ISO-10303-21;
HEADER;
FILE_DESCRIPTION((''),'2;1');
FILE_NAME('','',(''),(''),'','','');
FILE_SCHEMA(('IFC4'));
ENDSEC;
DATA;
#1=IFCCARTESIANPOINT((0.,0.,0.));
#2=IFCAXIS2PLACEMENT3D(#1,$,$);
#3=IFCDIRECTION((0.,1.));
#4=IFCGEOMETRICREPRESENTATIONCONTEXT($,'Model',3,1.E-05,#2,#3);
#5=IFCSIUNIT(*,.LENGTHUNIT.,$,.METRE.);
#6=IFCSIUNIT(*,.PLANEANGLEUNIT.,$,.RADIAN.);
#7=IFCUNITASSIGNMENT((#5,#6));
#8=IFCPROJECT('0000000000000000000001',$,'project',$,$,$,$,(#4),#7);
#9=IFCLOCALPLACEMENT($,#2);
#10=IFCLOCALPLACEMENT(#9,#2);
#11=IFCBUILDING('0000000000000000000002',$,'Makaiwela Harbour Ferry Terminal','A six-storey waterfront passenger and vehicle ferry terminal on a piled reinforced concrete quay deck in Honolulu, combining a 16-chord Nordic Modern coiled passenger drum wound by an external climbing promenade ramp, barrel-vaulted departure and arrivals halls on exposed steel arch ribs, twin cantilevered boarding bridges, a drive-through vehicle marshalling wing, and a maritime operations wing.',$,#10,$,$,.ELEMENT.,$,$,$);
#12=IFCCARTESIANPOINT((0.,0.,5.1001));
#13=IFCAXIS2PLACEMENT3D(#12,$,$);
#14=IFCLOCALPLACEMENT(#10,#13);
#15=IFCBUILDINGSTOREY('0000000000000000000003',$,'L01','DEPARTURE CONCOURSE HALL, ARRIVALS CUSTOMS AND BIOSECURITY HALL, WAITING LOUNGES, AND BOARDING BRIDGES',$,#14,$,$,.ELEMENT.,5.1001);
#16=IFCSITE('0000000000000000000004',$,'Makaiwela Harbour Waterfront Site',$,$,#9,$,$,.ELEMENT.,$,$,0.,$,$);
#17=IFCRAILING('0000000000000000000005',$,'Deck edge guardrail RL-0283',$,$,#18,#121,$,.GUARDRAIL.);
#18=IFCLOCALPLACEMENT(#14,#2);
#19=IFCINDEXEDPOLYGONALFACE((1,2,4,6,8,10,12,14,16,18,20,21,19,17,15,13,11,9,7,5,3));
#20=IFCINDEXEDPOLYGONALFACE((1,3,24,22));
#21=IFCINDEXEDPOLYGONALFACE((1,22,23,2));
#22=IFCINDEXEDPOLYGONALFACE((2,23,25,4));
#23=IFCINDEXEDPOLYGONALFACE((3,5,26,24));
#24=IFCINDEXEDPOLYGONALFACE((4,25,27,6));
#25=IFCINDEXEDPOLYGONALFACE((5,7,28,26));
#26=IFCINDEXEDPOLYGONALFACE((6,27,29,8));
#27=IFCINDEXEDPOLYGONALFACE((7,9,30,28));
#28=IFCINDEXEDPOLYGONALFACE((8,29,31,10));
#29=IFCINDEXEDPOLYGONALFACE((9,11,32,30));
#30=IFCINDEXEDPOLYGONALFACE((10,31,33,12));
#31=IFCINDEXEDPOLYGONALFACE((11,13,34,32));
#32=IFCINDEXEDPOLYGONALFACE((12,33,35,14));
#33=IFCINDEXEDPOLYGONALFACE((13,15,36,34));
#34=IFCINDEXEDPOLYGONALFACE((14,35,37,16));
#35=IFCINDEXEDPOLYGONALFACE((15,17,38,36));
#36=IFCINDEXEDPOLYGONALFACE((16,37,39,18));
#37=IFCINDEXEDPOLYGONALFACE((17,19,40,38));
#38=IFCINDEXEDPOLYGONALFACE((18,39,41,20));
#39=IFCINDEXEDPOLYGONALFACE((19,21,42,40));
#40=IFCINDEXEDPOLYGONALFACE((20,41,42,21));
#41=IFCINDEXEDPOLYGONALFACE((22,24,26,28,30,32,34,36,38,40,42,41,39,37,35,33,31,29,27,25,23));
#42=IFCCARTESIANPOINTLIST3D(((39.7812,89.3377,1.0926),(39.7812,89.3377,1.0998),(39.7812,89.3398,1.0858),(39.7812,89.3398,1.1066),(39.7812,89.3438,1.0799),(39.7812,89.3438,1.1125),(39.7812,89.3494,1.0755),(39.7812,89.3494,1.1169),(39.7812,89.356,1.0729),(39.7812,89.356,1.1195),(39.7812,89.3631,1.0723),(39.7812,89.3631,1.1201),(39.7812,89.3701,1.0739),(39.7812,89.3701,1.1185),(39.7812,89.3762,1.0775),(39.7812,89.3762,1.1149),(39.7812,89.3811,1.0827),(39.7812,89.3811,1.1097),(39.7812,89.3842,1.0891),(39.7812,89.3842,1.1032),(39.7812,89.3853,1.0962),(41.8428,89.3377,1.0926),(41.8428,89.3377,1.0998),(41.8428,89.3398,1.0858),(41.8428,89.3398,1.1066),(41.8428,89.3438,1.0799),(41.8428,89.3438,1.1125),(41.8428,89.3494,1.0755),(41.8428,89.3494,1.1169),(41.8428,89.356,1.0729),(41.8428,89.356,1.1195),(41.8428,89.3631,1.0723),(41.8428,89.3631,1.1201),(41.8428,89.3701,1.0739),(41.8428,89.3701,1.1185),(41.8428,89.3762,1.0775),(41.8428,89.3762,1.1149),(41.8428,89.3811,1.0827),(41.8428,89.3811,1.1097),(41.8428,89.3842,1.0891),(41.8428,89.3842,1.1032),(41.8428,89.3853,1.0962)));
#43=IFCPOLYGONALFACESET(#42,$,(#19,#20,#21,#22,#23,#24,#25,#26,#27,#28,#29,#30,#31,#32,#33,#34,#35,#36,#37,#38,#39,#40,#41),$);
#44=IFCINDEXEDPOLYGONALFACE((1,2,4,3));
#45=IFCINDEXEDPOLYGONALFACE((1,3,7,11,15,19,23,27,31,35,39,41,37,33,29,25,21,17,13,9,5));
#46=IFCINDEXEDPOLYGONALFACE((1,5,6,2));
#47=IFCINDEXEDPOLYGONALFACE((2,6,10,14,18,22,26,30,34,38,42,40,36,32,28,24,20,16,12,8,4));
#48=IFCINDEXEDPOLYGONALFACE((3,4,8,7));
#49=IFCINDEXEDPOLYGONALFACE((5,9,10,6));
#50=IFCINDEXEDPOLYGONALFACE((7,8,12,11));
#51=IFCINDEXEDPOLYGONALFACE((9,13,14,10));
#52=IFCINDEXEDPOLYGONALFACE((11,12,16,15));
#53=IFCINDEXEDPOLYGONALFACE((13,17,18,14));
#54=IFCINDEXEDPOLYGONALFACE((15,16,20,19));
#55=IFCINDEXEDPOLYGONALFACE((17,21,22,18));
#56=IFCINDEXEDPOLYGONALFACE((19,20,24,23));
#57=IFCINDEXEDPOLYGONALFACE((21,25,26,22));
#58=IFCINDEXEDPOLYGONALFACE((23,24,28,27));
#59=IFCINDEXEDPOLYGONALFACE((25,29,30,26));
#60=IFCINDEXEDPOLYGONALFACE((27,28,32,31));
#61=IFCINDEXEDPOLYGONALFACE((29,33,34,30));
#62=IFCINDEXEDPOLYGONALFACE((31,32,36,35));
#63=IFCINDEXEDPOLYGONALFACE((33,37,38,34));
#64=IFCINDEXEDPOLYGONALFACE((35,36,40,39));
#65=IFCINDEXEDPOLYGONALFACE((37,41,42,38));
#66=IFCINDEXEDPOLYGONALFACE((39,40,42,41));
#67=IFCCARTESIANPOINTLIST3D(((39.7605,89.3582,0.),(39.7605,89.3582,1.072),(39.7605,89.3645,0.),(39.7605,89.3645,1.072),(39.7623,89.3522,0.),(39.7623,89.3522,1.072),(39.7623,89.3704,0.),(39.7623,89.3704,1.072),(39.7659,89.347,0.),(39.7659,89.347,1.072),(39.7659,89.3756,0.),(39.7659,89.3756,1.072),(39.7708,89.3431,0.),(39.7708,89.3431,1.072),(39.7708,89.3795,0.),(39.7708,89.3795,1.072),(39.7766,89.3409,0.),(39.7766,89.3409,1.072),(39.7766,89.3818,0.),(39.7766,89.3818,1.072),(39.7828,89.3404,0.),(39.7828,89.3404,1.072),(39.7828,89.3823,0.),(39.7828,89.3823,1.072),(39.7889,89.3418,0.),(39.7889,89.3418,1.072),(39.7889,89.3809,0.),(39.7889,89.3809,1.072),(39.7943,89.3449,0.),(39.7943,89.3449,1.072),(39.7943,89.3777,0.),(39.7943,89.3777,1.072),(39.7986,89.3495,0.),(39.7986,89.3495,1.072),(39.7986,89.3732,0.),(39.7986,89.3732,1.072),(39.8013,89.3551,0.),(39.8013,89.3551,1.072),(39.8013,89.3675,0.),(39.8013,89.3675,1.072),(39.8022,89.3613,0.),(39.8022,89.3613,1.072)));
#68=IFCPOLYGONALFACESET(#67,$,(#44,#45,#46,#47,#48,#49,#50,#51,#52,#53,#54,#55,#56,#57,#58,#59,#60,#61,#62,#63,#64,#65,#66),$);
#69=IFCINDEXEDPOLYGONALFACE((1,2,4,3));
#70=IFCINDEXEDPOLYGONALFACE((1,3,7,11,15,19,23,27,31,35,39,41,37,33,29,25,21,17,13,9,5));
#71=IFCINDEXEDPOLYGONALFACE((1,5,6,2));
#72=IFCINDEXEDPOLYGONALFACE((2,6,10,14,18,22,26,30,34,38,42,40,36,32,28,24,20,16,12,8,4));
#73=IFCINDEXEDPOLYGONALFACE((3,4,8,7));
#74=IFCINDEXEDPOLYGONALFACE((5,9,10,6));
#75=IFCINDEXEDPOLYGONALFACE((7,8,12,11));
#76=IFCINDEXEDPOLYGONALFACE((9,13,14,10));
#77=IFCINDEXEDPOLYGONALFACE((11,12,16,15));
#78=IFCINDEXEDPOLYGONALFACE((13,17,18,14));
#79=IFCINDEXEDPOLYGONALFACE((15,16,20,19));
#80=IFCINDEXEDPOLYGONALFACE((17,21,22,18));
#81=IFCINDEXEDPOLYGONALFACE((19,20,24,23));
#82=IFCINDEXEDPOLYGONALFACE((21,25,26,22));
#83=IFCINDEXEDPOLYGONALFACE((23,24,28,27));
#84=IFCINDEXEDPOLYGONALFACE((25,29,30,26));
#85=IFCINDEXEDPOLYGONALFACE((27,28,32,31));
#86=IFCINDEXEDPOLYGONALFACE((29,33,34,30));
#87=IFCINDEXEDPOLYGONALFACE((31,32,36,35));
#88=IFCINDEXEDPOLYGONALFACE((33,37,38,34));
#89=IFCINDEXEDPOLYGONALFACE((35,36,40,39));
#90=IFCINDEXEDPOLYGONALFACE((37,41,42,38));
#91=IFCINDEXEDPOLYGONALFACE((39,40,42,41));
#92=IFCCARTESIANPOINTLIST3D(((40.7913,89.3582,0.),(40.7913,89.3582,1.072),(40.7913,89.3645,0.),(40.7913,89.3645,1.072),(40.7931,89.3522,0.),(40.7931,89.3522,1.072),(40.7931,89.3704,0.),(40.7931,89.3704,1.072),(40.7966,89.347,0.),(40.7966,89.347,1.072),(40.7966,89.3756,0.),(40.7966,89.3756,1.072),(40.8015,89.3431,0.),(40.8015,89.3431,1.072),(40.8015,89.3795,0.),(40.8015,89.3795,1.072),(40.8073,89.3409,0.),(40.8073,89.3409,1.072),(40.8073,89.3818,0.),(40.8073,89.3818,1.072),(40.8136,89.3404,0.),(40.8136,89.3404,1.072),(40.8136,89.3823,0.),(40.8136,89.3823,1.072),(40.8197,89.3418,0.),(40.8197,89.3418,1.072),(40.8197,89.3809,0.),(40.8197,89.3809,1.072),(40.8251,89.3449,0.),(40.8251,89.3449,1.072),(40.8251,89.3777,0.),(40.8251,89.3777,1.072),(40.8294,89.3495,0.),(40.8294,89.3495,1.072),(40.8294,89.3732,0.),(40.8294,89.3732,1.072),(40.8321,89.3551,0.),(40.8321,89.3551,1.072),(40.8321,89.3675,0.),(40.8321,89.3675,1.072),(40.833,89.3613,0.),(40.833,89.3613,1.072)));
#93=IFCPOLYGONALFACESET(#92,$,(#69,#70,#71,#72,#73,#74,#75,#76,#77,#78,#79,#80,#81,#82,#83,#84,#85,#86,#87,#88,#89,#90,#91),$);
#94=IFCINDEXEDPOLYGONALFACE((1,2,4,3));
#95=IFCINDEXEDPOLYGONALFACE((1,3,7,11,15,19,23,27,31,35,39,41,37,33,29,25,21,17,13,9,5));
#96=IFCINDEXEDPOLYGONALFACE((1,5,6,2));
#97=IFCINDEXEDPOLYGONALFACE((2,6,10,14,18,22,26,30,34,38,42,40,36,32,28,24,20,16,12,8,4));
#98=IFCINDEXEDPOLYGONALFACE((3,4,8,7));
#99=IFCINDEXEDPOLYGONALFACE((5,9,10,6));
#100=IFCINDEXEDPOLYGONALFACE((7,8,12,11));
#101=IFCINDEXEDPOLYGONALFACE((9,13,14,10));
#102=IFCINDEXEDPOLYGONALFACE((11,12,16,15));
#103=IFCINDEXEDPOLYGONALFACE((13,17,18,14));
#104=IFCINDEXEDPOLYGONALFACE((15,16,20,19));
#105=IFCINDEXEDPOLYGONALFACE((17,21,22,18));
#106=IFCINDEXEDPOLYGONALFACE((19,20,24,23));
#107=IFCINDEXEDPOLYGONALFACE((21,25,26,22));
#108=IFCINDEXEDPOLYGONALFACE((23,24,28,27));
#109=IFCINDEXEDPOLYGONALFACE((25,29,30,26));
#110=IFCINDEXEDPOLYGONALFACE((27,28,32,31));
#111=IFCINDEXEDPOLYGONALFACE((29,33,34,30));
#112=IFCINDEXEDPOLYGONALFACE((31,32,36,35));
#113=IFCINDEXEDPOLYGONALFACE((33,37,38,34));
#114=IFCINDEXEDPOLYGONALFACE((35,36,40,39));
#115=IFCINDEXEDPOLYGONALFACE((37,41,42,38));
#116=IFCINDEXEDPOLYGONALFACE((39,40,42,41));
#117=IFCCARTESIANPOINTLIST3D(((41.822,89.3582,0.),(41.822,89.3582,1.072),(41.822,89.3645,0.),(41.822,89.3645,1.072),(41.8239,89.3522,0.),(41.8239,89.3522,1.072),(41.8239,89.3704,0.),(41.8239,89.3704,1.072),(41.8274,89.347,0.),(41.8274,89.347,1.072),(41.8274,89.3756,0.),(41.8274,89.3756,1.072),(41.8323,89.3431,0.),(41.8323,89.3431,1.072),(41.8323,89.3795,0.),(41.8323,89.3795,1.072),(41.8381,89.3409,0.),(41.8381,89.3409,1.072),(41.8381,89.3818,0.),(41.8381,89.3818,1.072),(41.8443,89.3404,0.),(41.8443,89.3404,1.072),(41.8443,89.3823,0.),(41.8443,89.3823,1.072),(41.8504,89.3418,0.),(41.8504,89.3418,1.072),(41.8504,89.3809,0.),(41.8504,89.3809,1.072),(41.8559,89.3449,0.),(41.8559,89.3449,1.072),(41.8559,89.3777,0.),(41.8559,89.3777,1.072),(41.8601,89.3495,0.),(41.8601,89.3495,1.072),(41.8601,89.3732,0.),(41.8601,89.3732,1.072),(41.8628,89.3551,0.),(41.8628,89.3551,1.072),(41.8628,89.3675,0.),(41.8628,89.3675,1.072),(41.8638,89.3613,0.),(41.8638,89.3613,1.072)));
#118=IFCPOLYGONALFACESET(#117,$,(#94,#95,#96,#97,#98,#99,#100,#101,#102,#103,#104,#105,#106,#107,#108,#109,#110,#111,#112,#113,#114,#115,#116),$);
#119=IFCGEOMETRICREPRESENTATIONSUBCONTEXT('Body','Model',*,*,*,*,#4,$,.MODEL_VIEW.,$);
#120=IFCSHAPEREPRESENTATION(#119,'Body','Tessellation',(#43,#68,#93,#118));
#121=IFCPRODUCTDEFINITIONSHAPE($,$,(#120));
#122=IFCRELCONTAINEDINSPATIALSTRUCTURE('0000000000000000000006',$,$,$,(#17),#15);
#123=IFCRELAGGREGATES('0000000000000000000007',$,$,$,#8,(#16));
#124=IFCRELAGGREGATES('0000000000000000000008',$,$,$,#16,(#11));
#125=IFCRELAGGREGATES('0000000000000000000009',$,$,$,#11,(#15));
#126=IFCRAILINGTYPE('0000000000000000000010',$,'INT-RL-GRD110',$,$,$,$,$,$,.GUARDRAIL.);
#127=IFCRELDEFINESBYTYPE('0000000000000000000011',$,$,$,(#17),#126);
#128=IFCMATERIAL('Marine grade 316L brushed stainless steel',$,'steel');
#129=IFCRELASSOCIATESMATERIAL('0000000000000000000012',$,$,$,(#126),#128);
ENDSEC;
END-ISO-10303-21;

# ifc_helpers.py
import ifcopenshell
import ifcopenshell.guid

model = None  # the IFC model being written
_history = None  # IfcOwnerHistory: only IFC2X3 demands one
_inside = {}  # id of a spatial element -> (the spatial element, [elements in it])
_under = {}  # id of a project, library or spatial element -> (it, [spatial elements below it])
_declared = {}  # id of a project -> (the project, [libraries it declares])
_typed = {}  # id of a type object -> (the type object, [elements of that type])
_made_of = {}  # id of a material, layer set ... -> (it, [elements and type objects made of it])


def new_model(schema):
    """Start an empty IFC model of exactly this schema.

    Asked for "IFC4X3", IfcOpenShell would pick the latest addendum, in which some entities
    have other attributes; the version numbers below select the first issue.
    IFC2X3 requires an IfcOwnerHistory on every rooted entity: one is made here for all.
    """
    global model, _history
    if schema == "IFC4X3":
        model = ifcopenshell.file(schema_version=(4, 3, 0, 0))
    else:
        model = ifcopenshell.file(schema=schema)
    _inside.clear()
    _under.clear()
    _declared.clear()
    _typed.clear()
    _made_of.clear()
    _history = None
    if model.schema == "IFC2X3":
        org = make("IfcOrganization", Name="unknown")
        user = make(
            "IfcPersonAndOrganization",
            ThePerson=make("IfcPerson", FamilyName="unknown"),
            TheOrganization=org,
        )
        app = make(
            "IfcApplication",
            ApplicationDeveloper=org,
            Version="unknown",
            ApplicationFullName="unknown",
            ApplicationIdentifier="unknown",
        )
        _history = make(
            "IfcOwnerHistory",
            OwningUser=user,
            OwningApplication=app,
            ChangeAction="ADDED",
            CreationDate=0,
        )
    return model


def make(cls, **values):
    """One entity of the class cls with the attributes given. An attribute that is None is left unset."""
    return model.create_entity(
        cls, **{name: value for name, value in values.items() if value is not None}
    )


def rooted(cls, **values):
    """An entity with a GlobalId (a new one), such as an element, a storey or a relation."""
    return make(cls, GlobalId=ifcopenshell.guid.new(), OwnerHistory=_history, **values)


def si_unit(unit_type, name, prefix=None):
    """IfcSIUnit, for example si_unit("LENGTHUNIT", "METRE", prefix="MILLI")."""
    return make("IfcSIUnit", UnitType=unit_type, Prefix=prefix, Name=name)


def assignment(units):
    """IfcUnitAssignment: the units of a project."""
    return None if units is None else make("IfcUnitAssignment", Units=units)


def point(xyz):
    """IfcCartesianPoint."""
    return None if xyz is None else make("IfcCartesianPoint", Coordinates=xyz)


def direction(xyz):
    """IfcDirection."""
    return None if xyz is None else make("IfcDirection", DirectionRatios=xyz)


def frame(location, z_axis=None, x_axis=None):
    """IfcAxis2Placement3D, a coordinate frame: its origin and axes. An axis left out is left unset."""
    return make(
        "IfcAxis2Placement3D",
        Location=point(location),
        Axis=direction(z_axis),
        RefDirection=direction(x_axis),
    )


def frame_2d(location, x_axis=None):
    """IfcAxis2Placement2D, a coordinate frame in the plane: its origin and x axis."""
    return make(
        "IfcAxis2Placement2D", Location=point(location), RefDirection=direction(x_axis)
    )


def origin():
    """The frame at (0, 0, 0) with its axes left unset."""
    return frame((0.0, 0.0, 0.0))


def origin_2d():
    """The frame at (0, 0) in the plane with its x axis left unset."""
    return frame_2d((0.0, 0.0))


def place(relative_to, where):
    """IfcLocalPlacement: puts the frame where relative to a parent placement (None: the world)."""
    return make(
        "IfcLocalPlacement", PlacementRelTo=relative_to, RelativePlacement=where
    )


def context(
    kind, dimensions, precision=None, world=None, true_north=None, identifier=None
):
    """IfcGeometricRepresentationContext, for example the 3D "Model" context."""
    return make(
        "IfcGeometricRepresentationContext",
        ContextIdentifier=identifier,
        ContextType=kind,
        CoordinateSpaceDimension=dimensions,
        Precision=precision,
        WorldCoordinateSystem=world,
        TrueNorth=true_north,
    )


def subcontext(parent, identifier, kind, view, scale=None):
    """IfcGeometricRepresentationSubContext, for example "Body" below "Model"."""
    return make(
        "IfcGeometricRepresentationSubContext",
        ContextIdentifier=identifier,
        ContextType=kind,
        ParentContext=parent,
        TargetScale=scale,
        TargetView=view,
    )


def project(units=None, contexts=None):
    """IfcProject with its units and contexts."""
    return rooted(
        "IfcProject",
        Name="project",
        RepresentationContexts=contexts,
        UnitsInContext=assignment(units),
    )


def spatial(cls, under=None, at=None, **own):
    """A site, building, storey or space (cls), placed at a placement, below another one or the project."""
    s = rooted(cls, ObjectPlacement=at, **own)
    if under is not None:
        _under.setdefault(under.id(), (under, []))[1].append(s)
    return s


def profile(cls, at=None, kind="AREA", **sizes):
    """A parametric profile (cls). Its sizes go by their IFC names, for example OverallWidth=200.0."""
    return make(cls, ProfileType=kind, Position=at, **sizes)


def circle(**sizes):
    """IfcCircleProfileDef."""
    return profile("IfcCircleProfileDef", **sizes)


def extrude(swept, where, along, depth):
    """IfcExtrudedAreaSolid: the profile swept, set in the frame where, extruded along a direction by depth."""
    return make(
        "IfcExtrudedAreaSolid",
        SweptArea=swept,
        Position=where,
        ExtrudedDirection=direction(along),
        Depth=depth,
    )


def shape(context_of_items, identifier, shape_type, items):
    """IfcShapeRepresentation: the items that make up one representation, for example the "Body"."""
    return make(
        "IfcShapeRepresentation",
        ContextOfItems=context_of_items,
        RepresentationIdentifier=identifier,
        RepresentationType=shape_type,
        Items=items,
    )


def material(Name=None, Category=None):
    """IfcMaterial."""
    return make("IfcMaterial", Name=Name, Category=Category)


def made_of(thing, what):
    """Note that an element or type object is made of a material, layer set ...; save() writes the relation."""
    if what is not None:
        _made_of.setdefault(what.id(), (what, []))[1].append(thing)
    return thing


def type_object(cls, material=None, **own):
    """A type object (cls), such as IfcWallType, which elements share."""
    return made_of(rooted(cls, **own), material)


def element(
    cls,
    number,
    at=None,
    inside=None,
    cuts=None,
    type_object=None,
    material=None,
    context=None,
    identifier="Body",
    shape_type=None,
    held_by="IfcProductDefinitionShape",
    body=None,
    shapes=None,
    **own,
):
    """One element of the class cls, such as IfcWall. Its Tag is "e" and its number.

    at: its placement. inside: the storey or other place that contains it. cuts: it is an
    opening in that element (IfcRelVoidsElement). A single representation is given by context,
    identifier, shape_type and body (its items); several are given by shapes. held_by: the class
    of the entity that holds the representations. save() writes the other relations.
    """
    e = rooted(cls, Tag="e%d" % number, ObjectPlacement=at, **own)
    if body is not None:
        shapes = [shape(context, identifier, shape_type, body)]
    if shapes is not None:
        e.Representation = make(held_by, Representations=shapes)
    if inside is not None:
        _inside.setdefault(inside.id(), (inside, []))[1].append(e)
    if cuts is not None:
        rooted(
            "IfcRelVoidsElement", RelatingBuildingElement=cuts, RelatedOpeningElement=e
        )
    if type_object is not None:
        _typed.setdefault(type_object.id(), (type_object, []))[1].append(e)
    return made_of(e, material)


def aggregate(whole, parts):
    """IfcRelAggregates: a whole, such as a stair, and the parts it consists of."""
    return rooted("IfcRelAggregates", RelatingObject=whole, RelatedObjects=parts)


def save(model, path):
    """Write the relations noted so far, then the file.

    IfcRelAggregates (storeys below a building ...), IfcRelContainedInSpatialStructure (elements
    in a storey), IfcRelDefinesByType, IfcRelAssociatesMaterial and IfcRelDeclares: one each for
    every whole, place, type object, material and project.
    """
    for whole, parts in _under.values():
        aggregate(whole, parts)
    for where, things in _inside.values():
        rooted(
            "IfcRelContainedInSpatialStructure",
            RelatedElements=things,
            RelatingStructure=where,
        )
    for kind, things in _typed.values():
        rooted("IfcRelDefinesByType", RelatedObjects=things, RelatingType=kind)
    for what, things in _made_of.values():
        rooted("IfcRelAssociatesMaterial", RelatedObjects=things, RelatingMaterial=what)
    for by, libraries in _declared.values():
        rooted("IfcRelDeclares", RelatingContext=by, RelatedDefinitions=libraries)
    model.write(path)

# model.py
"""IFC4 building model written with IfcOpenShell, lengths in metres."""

from ifc_helpers import new_model, si_unit, direction, frame, origin, origin_2d, place, context, subcontext, project, spatial, circle, extrude, material, type_object, element, save


model = new_model("IFC4")

# Units and contexts
model_context = context("Model", 3, precision=1e-05, world=origin(), true_north=direction((0.0, 1.0)))
body_context = subcontext(model_context, "Body", "Model", "MODEL_VIEW")
ifc_project = project(units=[si_unit("LENGTHUNIT", "METRE"), si_unit("PLANEANGLEUNIT", "RADIAN")], contexts=[model_context])

# Site, building, storey
site_placement = place(None, origin())
site = spatial("IfcSite", under=ifc_project, at=site_placement, Name="Makaiwela Harbour Waterfront Site", CompositionType="ELEMENT", RefElevation=0.0)
building_placement = place(site_placement, origin())
building = spatial("IfcBuilding", under=site, at=building_placement, Name="Makaiwela Harbour Ferry Terminal", Description="A six-storey waterfront passenger and vehicle ferry terminal on a piled reinforced concrete quay deck in Honolulu, combining a 16-chord Nordic Modern coiled passenger drum wound by an external climbing promenade ramp, barrel-vaulted departure and arrivals halls on exposed steel arch ribs, twin cantilevered boarding bridges, a drive-through vehicle marshalling wing, and a maritime operations wing.", CompositionType="ELEMENT")
storey_placement = place(building_placement, frame((0.0, 0.0, 5.1001)))
storey = spatial("IfcBuildingStorey", under=building, at=storey_placement, Name="L01", Description="DEPARTURE CONCOURSE HALL, ARRIVALS CUSTOMS AND BIOSECURITY HALL, WAITING LOUNGES, AND BOARDING BRIDGES", CompositionType="ELEMENT", Elevation=5.1001)

# Railing
ifc_material_1 = material(Name="Marine grade 316L brushed stainless steel", Category="steel")
railing_type_1 = type_object("IfcRailingType", Name="INT-RL-GRD110", PredefinedType="GUARDRAIL", material=ifc_material_1)
railing_1_placement = place(storey_placement, frame((39.7812, 89.3613, 0.0)))
element("IfcRailing", 1, at=railing_1_placement, inside=storey, type_object=railing_type_1, Name="Deck edge guardrail RL-0283", PredefinedType="GUARDRAIL", context=body_context, shape_type="SweptSolid", body=[
    extrude(circle(Radius=0.0239, at=origin_2d()), frame((0.0, 0.0, 1.0962), z_axis=(1.0, 0.0, 0.0), x_axis=(0.0, 1.0, 0.0)), (0.0, 0.0, 1.0), 2.0615),
    extrude(circle(Radius=0.021, at=origin_2d()), origin(), (0.0, 0.0, 1.0), 1.072),
    extrude(circle(Radius=0.021, at=origin_2d()), frame((1.0308, 0.0, 0.0)), (0.0, 0.0, 1.0), 1.072),
    extrude(circle(Radius=0.021, at=origin_2d()), frame((2.0615, 0.0, 0.0)), (0.0, 0.0, 1.0), 1.072),
])

save(model, "model.ifc")
